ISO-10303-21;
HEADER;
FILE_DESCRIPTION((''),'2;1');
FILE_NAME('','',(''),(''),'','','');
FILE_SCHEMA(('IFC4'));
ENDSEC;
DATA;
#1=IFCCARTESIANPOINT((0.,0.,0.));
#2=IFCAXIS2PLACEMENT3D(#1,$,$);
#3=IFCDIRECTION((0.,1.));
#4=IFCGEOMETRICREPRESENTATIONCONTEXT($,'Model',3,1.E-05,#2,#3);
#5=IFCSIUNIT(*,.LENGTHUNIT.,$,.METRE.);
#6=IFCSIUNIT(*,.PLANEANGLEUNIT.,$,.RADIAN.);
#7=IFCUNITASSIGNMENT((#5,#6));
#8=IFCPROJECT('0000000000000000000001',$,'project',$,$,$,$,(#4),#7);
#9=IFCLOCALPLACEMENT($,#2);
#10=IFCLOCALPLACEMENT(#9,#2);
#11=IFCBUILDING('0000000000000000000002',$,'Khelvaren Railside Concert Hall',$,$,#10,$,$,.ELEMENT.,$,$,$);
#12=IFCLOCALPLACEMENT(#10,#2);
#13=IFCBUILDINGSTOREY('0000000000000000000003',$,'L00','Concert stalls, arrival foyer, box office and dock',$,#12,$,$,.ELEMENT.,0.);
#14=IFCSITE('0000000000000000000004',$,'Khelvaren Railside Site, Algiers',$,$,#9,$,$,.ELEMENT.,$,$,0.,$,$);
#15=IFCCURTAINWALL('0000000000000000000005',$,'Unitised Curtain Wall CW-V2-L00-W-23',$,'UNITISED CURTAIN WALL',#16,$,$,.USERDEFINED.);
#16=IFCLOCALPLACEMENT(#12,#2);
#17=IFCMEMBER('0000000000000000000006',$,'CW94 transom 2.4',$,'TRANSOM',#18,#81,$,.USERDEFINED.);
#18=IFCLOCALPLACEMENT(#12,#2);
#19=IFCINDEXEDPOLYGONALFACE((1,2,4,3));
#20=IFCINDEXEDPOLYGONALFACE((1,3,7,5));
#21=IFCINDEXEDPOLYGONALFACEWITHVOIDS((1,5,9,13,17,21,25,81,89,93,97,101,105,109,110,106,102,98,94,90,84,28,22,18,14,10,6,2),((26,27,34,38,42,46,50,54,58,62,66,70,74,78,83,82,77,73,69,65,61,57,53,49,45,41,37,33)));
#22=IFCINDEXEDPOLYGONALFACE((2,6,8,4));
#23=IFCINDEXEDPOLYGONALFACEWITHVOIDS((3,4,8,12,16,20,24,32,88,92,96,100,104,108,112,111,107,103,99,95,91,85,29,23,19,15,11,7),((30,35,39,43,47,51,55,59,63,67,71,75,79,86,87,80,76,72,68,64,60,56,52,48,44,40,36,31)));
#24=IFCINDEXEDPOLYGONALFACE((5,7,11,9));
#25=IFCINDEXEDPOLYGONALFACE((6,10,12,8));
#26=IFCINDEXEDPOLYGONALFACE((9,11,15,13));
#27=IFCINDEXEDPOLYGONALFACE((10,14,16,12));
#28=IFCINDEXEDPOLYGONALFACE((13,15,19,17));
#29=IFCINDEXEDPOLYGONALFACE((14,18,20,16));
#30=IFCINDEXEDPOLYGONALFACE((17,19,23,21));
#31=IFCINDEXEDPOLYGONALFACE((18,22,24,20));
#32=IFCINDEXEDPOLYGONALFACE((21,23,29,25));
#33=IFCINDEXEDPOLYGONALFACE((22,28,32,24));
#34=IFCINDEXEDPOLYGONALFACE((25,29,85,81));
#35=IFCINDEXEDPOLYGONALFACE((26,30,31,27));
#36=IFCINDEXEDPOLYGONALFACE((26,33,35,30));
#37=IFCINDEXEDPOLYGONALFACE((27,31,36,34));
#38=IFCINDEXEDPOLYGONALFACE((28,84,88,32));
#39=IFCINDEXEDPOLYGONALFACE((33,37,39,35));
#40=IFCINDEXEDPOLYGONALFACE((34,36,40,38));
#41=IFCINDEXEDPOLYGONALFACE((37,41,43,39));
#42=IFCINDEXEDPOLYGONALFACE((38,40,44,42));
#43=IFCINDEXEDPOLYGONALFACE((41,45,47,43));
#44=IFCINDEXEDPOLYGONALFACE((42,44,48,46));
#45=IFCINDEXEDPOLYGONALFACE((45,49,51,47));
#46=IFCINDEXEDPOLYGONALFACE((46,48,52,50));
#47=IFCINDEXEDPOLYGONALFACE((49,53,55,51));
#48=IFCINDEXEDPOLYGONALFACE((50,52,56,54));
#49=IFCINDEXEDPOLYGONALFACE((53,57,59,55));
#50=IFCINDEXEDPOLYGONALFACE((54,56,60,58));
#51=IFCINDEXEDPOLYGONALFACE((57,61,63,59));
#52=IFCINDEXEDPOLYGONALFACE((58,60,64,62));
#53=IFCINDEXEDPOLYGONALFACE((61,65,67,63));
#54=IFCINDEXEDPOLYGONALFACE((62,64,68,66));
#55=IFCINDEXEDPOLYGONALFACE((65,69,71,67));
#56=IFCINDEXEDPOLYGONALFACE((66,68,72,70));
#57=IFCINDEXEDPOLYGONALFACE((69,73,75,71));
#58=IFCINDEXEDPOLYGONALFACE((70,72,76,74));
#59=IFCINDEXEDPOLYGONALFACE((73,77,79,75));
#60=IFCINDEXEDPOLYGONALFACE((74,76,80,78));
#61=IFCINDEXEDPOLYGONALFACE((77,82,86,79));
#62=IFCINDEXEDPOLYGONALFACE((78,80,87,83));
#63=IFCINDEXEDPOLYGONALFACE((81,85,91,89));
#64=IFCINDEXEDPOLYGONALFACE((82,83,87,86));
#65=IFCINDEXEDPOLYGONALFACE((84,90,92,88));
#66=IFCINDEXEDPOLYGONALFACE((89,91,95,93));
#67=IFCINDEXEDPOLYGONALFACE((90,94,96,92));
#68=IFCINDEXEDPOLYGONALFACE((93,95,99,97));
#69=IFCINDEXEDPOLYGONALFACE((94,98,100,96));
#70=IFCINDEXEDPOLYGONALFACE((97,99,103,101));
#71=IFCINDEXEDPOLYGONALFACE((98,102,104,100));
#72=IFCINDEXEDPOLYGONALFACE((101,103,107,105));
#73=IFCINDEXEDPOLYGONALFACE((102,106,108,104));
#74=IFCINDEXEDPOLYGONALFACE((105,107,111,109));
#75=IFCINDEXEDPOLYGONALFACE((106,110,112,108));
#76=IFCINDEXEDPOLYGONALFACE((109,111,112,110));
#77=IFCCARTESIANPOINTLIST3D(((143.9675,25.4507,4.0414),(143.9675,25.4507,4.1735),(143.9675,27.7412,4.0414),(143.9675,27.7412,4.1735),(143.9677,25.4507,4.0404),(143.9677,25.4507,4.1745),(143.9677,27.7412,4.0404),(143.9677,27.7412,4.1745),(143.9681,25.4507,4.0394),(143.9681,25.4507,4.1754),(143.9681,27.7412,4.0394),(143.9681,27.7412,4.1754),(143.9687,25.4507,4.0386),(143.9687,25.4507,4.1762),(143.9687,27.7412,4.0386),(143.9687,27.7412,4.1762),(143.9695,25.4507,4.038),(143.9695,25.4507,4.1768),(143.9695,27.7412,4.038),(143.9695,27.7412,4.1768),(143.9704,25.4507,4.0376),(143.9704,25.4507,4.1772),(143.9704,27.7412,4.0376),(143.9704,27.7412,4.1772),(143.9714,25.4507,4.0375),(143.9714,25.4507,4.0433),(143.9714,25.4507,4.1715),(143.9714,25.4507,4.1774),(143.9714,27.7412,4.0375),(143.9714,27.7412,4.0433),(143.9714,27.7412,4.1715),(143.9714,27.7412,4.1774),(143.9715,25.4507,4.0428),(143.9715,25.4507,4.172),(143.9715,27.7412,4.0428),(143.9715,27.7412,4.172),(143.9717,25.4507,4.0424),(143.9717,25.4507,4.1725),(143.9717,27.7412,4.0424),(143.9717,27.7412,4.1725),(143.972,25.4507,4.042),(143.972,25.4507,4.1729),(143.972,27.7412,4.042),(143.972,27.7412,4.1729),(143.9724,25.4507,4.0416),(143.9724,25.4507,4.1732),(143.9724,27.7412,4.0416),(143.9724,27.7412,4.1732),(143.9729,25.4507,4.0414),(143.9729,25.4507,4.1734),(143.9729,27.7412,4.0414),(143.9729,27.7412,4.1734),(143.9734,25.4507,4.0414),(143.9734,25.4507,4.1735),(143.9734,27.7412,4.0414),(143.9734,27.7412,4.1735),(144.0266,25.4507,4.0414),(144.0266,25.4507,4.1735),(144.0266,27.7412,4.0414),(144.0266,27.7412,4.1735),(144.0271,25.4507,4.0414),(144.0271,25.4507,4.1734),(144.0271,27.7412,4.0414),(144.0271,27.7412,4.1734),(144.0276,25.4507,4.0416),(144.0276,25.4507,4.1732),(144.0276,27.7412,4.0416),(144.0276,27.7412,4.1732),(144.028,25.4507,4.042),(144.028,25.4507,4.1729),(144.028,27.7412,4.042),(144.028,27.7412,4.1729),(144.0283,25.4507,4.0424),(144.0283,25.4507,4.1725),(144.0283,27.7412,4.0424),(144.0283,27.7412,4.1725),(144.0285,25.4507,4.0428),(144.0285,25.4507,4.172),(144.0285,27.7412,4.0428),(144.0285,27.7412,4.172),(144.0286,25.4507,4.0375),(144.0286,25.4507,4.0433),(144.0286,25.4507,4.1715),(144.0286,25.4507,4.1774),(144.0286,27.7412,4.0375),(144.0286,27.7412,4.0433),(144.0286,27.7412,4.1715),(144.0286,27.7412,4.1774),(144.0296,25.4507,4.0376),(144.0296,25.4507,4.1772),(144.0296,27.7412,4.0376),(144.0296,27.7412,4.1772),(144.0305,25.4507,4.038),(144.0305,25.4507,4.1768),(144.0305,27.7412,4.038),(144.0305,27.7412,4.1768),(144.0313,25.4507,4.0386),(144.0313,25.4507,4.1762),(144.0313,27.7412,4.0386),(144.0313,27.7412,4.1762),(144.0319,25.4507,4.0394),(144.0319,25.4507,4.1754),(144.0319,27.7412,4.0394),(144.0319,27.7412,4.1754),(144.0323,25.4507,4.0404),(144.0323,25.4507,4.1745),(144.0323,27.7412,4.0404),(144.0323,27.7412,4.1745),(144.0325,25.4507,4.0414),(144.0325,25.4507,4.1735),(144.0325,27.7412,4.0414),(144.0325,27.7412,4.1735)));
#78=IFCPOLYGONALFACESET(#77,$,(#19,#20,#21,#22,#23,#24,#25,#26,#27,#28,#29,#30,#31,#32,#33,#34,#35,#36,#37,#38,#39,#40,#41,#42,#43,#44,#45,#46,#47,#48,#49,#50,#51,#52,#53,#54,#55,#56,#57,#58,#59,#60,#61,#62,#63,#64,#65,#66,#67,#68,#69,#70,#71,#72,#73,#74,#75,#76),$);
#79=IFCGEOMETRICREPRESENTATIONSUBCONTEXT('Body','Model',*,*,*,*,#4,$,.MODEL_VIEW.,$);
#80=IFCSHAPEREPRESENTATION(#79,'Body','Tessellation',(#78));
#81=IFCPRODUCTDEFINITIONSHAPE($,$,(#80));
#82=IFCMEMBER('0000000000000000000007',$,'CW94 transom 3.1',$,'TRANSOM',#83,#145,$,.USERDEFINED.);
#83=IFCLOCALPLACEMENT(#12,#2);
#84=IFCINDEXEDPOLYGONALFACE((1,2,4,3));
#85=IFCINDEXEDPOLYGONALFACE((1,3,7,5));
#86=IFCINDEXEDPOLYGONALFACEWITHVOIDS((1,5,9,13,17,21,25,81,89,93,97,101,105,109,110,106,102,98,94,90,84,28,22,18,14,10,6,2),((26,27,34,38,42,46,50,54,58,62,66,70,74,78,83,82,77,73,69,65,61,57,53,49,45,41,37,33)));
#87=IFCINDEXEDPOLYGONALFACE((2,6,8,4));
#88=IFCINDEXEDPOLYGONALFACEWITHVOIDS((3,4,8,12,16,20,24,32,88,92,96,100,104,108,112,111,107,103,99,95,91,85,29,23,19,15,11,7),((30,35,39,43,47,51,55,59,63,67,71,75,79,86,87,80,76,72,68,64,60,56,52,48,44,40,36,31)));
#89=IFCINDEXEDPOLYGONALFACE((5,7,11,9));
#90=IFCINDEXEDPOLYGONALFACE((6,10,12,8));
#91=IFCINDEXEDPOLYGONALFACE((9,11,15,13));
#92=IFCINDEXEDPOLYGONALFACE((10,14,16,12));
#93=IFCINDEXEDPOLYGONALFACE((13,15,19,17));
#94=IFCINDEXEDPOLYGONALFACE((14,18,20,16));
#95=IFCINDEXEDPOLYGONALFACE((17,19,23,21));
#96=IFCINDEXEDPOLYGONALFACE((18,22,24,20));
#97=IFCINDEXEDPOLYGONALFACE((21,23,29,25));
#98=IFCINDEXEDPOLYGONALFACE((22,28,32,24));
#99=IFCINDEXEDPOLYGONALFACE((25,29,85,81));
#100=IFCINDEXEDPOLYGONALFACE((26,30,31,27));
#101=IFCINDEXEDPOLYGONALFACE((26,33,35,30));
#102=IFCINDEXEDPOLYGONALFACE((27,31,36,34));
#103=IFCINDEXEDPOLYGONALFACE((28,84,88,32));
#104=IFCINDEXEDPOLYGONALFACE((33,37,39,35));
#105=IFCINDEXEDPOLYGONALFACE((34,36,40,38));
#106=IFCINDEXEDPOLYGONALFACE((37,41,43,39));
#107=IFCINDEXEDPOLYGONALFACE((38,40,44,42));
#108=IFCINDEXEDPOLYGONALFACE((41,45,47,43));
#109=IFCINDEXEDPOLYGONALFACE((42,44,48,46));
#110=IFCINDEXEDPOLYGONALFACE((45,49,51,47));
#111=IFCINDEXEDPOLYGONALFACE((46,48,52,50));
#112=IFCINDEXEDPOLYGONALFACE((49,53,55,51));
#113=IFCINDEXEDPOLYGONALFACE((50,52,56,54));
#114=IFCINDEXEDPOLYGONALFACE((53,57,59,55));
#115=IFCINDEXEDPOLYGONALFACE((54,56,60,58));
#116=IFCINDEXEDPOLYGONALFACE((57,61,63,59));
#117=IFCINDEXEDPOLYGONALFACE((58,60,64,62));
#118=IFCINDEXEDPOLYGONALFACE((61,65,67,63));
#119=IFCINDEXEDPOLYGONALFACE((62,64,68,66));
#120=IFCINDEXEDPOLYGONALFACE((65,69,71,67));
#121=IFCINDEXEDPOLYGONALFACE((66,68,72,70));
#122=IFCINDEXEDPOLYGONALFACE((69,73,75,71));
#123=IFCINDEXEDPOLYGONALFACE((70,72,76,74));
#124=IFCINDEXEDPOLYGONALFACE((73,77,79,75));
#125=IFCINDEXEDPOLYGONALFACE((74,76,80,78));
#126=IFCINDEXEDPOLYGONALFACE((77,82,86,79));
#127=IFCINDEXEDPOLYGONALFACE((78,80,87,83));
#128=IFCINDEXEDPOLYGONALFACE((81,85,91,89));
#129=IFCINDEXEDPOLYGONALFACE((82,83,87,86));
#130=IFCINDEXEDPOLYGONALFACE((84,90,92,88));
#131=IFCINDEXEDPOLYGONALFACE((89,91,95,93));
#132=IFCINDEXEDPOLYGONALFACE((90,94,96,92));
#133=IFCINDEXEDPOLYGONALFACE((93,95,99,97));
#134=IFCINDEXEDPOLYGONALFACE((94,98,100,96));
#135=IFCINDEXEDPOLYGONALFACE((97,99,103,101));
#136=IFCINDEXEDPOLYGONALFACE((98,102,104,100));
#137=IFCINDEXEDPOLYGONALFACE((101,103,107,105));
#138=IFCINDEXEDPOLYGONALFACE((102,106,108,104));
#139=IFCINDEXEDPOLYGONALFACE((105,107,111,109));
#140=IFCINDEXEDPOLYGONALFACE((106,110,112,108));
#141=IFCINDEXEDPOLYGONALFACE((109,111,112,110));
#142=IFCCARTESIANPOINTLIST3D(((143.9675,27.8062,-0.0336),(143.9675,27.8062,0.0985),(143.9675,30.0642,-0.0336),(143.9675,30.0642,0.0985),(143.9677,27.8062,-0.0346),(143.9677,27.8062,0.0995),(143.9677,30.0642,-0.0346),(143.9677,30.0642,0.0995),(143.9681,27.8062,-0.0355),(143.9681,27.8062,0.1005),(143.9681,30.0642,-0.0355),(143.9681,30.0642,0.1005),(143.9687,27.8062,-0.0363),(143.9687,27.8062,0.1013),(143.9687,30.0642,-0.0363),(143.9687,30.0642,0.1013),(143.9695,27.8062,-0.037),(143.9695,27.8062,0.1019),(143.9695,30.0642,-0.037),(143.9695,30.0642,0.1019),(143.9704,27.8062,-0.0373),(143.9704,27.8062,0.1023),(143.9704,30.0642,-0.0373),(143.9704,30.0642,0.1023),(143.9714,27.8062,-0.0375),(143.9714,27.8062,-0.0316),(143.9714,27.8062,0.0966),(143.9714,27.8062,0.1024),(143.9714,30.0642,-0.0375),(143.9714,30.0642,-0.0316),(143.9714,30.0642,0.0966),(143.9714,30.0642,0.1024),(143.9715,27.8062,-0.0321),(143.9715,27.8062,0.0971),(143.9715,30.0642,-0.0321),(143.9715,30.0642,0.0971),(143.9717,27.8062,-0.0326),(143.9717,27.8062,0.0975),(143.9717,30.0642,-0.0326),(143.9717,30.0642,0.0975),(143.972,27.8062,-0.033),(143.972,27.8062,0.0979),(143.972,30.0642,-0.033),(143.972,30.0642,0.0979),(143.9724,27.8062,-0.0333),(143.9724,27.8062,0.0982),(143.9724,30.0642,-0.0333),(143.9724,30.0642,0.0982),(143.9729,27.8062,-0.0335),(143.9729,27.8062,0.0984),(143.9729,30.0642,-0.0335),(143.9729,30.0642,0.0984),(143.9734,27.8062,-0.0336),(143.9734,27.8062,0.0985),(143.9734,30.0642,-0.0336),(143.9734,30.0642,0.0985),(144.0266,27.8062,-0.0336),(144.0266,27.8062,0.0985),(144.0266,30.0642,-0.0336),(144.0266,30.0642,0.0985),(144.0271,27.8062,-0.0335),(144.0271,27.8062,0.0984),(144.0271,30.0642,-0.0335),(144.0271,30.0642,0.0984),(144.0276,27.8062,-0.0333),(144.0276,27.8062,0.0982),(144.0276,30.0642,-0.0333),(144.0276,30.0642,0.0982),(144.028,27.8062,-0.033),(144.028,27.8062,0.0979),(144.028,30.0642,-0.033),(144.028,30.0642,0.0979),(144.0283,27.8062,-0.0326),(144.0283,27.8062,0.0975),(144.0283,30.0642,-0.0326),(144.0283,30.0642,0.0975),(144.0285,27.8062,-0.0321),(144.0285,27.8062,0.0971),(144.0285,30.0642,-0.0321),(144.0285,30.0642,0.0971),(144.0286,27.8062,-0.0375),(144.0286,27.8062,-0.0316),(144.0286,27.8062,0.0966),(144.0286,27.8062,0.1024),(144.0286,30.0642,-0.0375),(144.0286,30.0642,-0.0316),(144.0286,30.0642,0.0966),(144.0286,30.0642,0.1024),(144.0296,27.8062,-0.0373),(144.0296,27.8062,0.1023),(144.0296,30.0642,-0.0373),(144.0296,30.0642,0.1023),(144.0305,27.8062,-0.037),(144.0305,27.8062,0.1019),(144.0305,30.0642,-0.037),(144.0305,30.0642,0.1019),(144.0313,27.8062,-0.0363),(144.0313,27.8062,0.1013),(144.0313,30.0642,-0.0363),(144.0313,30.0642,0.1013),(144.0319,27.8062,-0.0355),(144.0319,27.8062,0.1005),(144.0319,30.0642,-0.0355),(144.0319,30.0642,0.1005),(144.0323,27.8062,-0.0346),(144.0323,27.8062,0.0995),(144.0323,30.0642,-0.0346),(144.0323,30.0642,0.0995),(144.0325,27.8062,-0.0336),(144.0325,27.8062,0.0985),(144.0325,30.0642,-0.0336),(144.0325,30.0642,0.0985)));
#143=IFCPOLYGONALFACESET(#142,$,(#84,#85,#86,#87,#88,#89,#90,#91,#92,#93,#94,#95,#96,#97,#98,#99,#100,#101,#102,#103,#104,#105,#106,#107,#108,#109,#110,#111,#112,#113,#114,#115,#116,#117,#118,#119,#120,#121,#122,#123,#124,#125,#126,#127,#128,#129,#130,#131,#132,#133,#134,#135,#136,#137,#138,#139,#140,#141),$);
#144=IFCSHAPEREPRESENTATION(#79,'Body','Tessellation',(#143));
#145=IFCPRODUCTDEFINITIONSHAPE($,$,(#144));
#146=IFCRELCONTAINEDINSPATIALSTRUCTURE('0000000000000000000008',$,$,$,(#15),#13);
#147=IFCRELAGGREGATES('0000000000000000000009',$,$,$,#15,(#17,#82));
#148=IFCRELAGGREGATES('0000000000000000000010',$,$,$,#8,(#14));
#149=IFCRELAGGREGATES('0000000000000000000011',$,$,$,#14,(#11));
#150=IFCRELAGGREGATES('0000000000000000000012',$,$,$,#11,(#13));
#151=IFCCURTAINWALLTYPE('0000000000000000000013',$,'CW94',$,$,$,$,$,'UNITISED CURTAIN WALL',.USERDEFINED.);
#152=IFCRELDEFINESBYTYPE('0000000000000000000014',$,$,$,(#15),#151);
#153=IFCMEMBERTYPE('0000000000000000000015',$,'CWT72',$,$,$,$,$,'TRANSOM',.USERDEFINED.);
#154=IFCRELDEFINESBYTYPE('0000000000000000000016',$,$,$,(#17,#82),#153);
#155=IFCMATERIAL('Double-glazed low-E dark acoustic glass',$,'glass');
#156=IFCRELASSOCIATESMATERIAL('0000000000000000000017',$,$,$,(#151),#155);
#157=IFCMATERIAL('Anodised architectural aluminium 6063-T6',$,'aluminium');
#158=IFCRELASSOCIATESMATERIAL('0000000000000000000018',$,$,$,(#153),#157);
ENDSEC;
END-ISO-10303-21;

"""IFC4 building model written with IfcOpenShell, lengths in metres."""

from ifc_helpers import new_model, si_unit, direction, frame, origin, origin_2d, place, context, subcontext, project, spatial, hollow_rectangle, extrude, material, material_profile, profile_set, type_object, element, aggregate, save


model = new_model("IFC4")

# Units and contexts
model_context = context("Model", 3, precision=1e-05, world=origin(), true_north=direction((0.0, 1.0)))
body_context = subcontext(model_context, "Body", "Model", "MODEL_VIEW")
ifc_project = project(units=[si_unit("LENGTHUNIT", "METRE"), si_unit("PLANEANGLEUNIT", "RADIAN")], contexts=[model_context])

# Site, building, storey
site_placement = place(None, origin())
site = spatial("IfcSite", under=ifc_project, at=site_placement, Name="Khelvaren Railside Site, Algiers", CompositionType="ELEMENT", RefElevation=0.0)
building_placement = place(site_placement, origin())
building = spatial("IfcBuilding", under=site, at=building_placement, Name="Khelvaren Railside Concert Hall", CompositionType="ELEMENT")
storey_placement = place(building_placement, origin())
storey = spatial("IfcBuildingStorey", under=building, at=storey_placement, Name="L00", Description="Concert stalls, arrival foyer, box office and dock", CompositionType="ELEMENT", Elevation=0.0)

# Curtain wall, members
ifc_material_1 = material(Name="Anodised architectural aluminium 6063-T6", Category="aluminium")
ifc_material_2 = material(Name="Double-glazed low-E dark acoustic glass", Category="glass")
curtain_wall_type_1 = type_object("IfcCurtainWallType", Name="CW94", ElementType="UNITISED CURTAIN WALL", PredefinedType="USERDEFINED", material=ifc_material_2)
curtain_wall_1_placement = place(storey_placement, origin())
curtain_wall_1 = element("IfcCurtainWall", 1, at=curtain_wall_1_placement, inside=storey, type_object=curtain_wall_type_1, Name="Unitised Curtain Wall CW-V2-L00-W-23", ObjectType="UNITISED CURTAIN WALL", PredefinedType="USERDEFINED")
ifc_material_profile_1 = material_profile(ifc_material_1, hollow_rectangle(XDim=0.0649, YDim=0.1399, WallThickness=0.0039, InnerFilletRadius=0.002, OuterFilletRadius=0.0039, at=origin_2d()), Name="CWT 65x140x4")
ifc_profile_set_1 = profile_set([ifc_material_profile_1], Name="Anodised architectural aluminium 6063-T6")
member_type_1 = type_object("IfcMemberType", Name="CWT72", ElementType="TRANSOM", PredefinedType="USERDEFINED", material=ifc_profile_set_1)
member_1_placement = place(storey_placement, frame((144.0, 25.4507, 4.1074), z_axis=(0.0, 1.0, 0.0), x_axis=(-1.0, 0.0, 0.0)))
member_1 = element("IfcMember", 2, at=member_1_placement, type_object=member_type_1, Name="CW94 transom 2.4", ObjectType="TRANSOM", PredefinedType="USERDEFINED", context=body_context, shape_type="SweptSolid", body=[
    extrude(hollow_rectangle(XDim=0.0649, YDim=0.1399, WallThickness=0.0039, InnerFilletRadius=0.002, OuterFilletRadius=0.0039, at=origin_2d()), origin(), (0.0, 0.0, 1.0), 2.2905),
])
member_2_placement = place(storey_placement, frame((144.0, 27.8062, 0.0325), z_axis=(0.0, 1.0, 0.0), x_axis=(-1.0, 0.0, 0.0)))
member_2 = element("IfcMember", 3, at=member_2_placement, type_object=member_type_1, Name="CW94 transom 3.1", ObjectType="TRANSOM", PredefinedType="USERDEFINED", context=body_context, shape_type="SweptSolid", body=[
    extrude(hollow_rectangle(XDim=0.0649, YDim=0.1399, WallThickness=0.0039, InnerFilletRadius=0.002, OuterFilletRadius=0.0039, at=origin_2d()), origin(), (0.0, 0.0, 1.0), 2.2581),
])

aggregate(curtain_wall_1, [member_1, member_2])

save(model, "model.ifc")
